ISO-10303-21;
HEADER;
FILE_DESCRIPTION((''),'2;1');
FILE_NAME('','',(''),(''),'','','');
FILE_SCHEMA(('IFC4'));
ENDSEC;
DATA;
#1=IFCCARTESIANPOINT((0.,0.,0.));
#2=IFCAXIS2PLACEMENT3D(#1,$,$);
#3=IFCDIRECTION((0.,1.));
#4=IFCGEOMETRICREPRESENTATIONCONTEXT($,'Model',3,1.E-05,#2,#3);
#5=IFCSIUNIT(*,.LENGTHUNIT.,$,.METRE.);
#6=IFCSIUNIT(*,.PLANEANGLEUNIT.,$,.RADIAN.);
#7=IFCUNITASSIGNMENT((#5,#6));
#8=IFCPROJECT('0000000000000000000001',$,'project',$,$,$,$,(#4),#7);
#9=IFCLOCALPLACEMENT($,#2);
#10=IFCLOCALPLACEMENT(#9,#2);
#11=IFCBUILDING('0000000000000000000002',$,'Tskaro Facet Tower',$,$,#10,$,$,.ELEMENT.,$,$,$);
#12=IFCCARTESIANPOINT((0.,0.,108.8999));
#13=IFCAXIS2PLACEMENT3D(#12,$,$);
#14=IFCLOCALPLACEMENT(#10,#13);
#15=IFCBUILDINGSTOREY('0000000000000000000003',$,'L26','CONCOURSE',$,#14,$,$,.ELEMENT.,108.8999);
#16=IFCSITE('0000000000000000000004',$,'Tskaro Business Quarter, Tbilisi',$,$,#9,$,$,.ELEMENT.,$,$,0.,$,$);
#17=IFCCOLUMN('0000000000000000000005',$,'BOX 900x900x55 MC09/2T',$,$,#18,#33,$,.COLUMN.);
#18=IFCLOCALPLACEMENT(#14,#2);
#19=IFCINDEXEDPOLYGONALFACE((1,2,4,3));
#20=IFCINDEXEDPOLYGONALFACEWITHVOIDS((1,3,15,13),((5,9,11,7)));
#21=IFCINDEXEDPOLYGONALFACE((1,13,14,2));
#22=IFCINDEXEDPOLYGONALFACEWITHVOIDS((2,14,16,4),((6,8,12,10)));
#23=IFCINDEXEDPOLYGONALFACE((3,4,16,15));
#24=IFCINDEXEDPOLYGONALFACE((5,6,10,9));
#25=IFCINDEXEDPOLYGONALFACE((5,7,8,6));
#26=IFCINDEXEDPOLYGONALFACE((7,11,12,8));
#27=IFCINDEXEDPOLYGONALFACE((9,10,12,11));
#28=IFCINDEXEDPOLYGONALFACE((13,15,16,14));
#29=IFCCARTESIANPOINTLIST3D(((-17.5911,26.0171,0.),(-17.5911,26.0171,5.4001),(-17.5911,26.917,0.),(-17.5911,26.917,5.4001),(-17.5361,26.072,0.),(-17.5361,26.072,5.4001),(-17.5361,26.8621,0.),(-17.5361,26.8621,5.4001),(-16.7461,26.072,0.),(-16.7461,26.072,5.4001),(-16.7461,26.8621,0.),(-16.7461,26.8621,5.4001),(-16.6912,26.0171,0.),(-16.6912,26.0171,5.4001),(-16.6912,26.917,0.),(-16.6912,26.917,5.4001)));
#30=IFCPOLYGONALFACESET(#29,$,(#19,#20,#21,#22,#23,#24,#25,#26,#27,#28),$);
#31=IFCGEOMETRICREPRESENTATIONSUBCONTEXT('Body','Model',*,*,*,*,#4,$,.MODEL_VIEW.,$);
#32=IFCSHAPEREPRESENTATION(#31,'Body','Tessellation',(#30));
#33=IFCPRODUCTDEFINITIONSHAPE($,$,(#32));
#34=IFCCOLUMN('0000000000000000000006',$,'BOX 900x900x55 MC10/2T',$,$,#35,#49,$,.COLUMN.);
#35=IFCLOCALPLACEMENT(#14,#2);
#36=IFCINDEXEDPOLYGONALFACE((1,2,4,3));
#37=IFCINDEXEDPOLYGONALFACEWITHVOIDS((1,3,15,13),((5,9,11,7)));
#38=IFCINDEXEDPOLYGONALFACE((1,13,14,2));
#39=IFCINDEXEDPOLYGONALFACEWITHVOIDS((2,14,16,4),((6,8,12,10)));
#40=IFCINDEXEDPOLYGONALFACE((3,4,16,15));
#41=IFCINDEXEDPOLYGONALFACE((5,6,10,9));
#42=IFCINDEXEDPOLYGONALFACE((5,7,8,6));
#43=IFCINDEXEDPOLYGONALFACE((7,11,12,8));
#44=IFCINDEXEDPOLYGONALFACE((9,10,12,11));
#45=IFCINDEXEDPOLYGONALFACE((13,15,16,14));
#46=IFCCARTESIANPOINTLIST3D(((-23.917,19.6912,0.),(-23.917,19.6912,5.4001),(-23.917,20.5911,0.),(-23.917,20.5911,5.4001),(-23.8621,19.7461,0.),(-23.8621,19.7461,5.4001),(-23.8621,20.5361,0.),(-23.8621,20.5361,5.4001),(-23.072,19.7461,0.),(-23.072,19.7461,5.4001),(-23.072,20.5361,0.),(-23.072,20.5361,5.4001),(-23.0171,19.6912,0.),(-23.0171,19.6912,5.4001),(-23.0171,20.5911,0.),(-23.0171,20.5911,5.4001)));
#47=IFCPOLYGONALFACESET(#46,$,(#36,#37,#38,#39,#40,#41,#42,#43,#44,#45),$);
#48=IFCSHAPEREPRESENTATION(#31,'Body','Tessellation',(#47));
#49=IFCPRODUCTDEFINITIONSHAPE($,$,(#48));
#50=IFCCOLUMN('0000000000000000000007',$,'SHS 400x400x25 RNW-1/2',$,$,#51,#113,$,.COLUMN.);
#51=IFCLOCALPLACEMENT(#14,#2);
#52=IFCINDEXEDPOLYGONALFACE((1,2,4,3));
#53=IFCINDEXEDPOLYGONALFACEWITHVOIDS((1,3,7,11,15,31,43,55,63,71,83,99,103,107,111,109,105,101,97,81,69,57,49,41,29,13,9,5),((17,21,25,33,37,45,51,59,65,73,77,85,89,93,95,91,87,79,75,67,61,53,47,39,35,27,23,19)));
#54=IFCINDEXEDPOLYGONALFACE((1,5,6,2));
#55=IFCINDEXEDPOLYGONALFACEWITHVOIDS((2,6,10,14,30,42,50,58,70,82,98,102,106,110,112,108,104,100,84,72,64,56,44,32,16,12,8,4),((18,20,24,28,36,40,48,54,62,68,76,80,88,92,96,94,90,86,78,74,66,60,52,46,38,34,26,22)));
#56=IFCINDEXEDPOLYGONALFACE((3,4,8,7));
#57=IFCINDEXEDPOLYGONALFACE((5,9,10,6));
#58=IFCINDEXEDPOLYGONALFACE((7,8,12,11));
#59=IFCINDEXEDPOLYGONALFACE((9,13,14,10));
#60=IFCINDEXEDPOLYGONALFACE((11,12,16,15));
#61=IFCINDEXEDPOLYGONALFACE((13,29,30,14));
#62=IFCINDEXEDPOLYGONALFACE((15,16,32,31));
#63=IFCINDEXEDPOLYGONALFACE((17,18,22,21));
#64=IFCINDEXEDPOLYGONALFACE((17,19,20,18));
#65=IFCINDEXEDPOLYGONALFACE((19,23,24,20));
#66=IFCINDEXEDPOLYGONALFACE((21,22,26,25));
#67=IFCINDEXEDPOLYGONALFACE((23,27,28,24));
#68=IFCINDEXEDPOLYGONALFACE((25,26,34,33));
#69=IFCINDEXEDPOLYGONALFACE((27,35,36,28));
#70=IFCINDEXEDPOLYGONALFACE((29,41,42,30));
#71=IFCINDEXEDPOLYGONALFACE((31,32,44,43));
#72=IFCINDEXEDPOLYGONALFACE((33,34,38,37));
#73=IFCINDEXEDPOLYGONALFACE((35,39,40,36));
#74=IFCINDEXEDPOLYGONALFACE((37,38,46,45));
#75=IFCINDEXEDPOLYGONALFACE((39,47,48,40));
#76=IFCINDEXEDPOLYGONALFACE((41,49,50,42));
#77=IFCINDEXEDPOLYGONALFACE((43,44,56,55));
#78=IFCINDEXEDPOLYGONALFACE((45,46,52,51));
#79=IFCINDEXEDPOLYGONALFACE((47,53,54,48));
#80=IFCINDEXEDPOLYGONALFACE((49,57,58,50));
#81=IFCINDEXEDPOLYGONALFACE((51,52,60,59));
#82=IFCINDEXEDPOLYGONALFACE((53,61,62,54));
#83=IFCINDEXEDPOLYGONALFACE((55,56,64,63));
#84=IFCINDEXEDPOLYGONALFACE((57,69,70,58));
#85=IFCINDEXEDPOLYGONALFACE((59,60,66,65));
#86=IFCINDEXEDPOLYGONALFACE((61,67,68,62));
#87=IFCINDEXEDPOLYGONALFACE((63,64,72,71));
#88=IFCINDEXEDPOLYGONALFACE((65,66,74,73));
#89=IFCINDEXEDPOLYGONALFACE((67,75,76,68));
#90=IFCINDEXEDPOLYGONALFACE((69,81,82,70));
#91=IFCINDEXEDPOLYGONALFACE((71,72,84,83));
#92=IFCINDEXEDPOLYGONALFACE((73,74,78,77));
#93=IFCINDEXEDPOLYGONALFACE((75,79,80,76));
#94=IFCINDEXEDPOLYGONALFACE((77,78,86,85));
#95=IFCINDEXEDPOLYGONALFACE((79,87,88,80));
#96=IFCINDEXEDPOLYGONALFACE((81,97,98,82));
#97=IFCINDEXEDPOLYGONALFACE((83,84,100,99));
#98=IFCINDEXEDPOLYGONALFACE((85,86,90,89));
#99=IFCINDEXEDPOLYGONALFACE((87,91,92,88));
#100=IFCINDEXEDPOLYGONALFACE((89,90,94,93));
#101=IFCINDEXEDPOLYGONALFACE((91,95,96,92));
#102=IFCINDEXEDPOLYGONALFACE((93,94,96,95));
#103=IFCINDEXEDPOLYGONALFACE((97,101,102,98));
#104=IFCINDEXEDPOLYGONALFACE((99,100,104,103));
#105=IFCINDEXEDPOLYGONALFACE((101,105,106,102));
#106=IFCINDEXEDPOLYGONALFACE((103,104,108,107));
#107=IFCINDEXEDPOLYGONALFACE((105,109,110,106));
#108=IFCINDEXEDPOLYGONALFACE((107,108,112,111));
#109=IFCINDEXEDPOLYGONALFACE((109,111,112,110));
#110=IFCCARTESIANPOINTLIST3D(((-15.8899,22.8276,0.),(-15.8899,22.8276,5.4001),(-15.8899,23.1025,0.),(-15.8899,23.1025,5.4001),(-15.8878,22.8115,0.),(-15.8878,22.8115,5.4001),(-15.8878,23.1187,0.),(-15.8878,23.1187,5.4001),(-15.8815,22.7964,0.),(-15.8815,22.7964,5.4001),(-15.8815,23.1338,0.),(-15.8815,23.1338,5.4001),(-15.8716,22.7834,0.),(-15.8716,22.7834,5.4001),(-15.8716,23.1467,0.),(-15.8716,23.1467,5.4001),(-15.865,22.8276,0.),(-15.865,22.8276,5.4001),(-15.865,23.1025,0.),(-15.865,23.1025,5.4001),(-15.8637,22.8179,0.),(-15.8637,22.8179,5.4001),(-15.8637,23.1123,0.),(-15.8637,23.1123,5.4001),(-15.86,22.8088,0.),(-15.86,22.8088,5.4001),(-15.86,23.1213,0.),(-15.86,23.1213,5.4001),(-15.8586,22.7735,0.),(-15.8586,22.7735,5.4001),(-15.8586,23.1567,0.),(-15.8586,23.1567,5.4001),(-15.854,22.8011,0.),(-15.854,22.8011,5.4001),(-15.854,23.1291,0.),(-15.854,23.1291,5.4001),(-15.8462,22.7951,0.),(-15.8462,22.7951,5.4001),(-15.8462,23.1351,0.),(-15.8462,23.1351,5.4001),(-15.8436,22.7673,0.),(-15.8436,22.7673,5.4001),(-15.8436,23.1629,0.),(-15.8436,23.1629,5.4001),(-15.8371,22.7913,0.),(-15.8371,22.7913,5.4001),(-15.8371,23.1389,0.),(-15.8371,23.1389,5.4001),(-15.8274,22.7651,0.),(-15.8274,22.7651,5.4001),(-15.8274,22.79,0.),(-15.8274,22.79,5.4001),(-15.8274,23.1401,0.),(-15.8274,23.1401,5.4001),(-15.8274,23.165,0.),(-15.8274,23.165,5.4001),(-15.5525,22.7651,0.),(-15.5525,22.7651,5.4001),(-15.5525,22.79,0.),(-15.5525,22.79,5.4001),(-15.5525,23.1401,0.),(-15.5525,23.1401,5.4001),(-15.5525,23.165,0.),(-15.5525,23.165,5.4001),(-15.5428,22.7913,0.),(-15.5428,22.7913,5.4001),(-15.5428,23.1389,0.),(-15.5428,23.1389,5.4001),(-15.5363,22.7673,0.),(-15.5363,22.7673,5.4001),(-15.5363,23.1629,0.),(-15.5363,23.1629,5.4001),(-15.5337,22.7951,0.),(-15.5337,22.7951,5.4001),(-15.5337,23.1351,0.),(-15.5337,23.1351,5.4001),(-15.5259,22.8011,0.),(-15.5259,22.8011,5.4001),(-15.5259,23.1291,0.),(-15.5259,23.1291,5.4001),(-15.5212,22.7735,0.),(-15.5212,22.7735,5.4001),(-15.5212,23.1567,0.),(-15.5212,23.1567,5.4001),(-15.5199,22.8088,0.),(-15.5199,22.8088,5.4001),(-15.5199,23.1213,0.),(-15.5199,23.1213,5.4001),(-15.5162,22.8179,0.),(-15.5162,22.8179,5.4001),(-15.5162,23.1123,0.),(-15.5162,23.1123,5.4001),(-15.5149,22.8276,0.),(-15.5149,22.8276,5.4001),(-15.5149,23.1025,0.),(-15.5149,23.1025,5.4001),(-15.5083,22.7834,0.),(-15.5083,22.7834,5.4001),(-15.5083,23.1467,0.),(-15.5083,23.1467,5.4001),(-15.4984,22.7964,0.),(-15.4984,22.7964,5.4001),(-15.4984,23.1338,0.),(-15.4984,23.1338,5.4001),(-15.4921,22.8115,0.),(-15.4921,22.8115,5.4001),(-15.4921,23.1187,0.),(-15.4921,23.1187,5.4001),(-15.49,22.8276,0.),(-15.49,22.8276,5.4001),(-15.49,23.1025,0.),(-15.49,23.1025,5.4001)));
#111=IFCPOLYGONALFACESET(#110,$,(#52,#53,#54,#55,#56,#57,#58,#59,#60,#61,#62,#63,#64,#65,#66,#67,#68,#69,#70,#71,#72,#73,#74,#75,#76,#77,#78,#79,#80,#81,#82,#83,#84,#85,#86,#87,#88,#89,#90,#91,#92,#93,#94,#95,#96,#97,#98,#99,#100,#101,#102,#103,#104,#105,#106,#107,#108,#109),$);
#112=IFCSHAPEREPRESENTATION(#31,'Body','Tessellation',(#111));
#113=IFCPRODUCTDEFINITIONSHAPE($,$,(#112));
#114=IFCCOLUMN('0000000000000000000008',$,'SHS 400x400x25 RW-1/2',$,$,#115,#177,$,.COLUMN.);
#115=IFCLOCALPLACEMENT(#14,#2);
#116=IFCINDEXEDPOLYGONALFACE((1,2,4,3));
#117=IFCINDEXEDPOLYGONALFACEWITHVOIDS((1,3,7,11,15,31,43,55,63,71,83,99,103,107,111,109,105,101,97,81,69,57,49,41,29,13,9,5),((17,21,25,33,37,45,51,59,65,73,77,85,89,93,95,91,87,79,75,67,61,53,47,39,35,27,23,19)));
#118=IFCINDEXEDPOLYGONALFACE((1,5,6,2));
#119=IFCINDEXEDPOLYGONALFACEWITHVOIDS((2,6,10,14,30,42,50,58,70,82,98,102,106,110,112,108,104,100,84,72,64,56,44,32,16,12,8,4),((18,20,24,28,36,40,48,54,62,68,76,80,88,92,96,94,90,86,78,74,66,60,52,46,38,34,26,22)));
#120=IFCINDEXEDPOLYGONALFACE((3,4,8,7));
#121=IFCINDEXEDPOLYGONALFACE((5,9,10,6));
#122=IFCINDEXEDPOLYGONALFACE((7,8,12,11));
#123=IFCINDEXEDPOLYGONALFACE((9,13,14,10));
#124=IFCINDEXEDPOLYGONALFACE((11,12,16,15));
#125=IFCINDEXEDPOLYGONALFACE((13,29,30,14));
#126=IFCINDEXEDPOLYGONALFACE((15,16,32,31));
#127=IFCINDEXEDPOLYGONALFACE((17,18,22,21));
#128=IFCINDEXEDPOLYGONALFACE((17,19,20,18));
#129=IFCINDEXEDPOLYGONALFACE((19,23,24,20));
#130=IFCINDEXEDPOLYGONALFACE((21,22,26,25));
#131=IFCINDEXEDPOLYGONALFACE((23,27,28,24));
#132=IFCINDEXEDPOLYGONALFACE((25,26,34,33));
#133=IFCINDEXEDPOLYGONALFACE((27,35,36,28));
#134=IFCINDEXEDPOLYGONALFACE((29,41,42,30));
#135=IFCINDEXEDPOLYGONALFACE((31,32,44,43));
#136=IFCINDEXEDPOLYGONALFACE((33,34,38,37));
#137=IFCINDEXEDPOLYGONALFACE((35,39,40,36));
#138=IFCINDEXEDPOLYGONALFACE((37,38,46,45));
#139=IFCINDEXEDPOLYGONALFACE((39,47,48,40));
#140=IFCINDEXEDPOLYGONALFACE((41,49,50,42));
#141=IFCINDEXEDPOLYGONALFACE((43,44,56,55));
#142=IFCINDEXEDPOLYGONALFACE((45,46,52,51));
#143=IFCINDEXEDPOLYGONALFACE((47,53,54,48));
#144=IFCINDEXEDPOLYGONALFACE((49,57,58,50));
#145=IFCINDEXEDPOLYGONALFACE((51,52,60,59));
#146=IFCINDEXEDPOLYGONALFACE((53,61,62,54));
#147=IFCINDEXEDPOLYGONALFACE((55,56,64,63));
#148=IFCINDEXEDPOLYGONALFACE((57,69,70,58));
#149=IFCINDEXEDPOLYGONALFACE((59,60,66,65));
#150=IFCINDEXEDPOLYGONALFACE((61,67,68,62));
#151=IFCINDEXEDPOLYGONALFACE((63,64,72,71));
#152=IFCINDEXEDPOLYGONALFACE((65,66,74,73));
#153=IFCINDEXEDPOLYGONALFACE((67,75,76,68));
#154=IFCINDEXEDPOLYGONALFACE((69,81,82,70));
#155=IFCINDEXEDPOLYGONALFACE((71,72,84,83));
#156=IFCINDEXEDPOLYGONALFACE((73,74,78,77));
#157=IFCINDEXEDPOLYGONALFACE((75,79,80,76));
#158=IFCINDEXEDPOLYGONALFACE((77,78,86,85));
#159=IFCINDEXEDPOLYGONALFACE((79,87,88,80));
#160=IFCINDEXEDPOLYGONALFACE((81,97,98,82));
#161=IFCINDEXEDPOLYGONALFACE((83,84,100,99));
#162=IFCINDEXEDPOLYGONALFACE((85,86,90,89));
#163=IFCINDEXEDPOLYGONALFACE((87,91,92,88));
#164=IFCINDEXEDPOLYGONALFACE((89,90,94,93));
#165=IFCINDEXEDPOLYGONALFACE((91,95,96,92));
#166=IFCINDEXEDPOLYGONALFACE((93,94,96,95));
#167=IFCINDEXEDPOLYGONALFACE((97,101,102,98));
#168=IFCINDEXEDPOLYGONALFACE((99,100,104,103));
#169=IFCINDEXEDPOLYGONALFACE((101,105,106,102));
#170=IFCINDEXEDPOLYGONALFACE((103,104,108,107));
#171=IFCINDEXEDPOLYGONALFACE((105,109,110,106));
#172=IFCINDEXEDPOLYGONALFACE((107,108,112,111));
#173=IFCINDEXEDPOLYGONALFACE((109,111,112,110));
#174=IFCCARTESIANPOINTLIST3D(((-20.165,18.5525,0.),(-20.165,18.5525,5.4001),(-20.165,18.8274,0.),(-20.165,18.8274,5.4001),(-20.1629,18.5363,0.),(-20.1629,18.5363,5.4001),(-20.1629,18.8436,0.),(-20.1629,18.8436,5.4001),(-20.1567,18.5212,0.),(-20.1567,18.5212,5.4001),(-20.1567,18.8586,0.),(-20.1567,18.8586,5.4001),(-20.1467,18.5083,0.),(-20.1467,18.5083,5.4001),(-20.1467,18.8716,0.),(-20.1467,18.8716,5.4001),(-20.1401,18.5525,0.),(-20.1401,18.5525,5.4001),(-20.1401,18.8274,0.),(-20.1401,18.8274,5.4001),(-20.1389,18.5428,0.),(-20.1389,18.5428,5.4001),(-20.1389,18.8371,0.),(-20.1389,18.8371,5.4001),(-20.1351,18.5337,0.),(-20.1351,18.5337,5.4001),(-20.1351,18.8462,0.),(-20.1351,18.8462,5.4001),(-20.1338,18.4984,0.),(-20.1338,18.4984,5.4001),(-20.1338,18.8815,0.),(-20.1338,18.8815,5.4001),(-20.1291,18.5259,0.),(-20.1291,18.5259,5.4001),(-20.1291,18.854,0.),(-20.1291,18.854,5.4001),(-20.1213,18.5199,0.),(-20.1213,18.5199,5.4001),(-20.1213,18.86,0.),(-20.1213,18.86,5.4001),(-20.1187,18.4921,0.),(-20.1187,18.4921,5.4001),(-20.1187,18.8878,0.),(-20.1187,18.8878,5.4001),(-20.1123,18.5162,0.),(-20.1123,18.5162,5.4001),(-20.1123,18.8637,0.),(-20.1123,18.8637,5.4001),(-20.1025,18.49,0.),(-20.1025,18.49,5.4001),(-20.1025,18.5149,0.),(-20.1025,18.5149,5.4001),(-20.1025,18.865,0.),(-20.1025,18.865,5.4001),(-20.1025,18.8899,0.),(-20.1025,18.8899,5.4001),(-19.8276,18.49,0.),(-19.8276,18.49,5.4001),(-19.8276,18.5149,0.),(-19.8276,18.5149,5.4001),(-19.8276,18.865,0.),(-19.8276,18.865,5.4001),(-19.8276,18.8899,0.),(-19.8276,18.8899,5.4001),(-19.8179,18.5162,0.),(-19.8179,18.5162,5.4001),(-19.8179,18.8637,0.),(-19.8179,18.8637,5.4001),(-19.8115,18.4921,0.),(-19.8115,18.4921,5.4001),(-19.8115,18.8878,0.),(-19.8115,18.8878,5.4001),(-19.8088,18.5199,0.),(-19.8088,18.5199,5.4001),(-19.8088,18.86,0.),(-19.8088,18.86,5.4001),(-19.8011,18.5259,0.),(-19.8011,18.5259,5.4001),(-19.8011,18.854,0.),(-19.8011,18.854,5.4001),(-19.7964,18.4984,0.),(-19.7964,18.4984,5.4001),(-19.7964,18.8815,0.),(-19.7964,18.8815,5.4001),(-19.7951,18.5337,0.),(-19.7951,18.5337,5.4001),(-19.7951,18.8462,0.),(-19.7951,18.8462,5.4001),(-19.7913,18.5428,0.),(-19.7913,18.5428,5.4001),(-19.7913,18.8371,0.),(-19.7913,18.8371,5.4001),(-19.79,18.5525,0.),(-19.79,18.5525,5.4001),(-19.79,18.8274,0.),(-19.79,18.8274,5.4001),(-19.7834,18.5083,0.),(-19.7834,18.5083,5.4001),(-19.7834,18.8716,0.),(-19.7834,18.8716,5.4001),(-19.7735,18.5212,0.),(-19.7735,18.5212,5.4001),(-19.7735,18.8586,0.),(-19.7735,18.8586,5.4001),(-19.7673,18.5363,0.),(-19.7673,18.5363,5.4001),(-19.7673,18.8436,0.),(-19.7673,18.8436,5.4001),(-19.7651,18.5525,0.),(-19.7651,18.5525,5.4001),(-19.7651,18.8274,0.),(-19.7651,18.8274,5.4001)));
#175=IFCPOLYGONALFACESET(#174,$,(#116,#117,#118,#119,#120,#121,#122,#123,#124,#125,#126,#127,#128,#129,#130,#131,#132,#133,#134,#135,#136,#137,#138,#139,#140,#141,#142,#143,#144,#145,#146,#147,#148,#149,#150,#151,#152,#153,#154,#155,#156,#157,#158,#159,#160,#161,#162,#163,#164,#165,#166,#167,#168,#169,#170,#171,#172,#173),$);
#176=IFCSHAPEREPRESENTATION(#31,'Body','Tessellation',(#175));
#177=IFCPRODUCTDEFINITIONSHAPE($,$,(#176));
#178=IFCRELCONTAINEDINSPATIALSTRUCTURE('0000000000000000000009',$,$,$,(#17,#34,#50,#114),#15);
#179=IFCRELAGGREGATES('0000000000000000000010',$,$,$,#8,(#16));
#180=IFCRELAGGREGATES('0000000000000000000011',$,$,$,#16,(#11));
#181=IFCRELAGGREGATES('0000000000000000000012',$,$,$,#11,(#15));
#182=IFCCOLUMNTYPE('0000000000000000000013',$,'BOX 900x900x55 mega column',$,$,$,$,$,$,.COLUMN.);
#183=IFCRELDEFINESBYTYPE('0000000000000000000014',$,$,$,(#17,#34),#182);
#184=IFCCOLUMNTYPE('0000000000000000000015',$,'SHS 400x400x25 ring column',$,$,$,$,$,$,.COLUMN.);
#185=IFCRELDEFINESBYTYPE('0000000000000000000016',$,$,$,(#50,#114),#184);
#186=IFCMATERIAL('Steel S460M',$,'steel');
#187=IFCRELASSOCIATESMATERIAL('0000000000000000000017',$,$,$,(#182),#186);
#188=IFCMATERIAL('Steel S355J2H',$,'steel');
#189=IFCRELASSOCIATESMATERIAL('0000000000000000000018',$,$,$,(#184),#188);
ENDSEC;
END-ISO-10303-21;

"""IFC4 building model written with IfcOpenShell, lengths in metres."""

from ifc_helpers import new_model, si_unit, direction, frame, origin, origin_2d, place, context, subcontext, project, spatial, hollow_rectangle, extrude, material, material_profile, profile_set, type_object, element, save


model = new_model("IFC4")

# Units and contexts
model_context = context("Model", 3, precision=1e-05, world=origin(), true_north=direction((0.0, 1.0)))
body_context = subcontext(model_context, "Body", "Model", "MODEL_VIEW")
ifc_project = project(units=[si_unit("LENGTHUNIT", "METRE"), si_unit("PLANEANGLEUNIT", "RADIAN")], contexts=[model_context])

# Site, building, storey
site_placement = place(None, origin())
site = spatial("IfcSite", under=ifc_project, at=site_placement, Name="Tskaro Business Quarter, Tbilisi", CompositionType="ELEMENT", RefElevation=0.0)
building_placement = place(site_placement, origin())
building = spatial("IfcBuilding", under=site, at=building_placement, Name="Tskaro Facet Tower", CompositionType="ELEMENT")
storey_placement = place(building_placement, frame((0.0, 0.0, 108.8999)))
storey = spatial("IfcBuildingStorey", under=building, at=storey_placement, Name="L26", Description="CONCOURSE", CompositionType="ELEMENT", Elevation=108.8999)

# Columns
ifc_material_1 = material(Name="Steel S460M", Category="steel")
ifc_material_profile_1 = material_profile(ifc_material_1, hollow_rectangle(XDim=0.8999, YDim=0.8999, WallThickness=0.0549, at=origin_2d()), Name="BOX 900x900x55")
ifc_profile_set_1 = profile_set([ifc_material_profile_1], Name="Steel S460M")
column_type_1 = type_object("IfcColumnType", Name="BOX 900x900x55 mega column", PredefinedType="COLUMN", material=ifc_profile_set_1)
for number, where, z_axis, x_axis, name in (
    (1, (-17.1411, 26.467, 0.0), (0.0, 0.0, 1.0), (1.0, 0.0, 0.0), "BOX 900x900x55 MC09/2T"),
    (2, (-23.467, 20.1411, 0.0), (0.0, 0.0, 1.0), (1.0, 0.0, 0.0), "BOX 900x900x55 MC10/2T"),
):
    element("IfcColumn", number, at=place(storey_placement, frame(where, z_axis=z_axis, x_axis=x_axis)), inside=storey, type_object=column_type_1, Name=name, PredefinedType="COLUMN", context=body_context, shape_type="SweptSolid", body=[
        extrude(hollow_rectangle(XDim=0.8999, YDim=0.8999, WallThickness=0.0549, at=origin_2d()), origin(), (0.0, 0.0, 1.0), 5.4001),
    ])
ifc_material_2 = material(Name="Steel S355J2H", Category="steel")
ifc_material_profile_2 = material_profile(ifc_material_2, hollow_rectangle(XDim=0.3999, YDim=0.3999, WallThickness=0.0249, InnerFilletRadius=0.0376, OuterFilletRadius=0.0625, at=origin_2d()), Name="SHS 400x400x25")
ifc_profile_set_2 = profile_set([ifc_material_profile_2], Name="Steel S355J2H")
column_type_2 = type_object("IfcColumnType", Name="SHS 400x400x25 ring column", PredefinedType="COLUMN", material=ifc_profile_set_2)
for number, where, z_axis, x_axis, name in (
    (3, (-15.6899, 22.9651, 0.0), (0.0, 0.0, 1.0), (1.0, 0.0, 0.0), "SHS 400x400x25 RNW-1/2"),
    (4, (-19.9651, 18.6899, 0.0), (0.0, 0.0, 1.0), (1.0, 0.0, 0.0), "SHS 400x400x25 RW-1/2"),
):
    element("IfcColumn", number, at=place(storey_placement, frame(where, z_axis=z_axis, x_axis=x_axis)), inside=storey, type_object=column_type_2, Name=name, PredefinedType="COLUMN", context=body_context, shape_type="SweptSolid", body=[
        extrude(hollow_rectangle(XDim=0.3999, YDim=0.3999, WallThickness=0.0249, InnerFilletRadius=0.0376, OuterFilletRadius=0.0625, at=origin_2d()), origin(), (0.0, 0.0, 1.0), 5.4001),
    ])

save(model, "model.ifc")
